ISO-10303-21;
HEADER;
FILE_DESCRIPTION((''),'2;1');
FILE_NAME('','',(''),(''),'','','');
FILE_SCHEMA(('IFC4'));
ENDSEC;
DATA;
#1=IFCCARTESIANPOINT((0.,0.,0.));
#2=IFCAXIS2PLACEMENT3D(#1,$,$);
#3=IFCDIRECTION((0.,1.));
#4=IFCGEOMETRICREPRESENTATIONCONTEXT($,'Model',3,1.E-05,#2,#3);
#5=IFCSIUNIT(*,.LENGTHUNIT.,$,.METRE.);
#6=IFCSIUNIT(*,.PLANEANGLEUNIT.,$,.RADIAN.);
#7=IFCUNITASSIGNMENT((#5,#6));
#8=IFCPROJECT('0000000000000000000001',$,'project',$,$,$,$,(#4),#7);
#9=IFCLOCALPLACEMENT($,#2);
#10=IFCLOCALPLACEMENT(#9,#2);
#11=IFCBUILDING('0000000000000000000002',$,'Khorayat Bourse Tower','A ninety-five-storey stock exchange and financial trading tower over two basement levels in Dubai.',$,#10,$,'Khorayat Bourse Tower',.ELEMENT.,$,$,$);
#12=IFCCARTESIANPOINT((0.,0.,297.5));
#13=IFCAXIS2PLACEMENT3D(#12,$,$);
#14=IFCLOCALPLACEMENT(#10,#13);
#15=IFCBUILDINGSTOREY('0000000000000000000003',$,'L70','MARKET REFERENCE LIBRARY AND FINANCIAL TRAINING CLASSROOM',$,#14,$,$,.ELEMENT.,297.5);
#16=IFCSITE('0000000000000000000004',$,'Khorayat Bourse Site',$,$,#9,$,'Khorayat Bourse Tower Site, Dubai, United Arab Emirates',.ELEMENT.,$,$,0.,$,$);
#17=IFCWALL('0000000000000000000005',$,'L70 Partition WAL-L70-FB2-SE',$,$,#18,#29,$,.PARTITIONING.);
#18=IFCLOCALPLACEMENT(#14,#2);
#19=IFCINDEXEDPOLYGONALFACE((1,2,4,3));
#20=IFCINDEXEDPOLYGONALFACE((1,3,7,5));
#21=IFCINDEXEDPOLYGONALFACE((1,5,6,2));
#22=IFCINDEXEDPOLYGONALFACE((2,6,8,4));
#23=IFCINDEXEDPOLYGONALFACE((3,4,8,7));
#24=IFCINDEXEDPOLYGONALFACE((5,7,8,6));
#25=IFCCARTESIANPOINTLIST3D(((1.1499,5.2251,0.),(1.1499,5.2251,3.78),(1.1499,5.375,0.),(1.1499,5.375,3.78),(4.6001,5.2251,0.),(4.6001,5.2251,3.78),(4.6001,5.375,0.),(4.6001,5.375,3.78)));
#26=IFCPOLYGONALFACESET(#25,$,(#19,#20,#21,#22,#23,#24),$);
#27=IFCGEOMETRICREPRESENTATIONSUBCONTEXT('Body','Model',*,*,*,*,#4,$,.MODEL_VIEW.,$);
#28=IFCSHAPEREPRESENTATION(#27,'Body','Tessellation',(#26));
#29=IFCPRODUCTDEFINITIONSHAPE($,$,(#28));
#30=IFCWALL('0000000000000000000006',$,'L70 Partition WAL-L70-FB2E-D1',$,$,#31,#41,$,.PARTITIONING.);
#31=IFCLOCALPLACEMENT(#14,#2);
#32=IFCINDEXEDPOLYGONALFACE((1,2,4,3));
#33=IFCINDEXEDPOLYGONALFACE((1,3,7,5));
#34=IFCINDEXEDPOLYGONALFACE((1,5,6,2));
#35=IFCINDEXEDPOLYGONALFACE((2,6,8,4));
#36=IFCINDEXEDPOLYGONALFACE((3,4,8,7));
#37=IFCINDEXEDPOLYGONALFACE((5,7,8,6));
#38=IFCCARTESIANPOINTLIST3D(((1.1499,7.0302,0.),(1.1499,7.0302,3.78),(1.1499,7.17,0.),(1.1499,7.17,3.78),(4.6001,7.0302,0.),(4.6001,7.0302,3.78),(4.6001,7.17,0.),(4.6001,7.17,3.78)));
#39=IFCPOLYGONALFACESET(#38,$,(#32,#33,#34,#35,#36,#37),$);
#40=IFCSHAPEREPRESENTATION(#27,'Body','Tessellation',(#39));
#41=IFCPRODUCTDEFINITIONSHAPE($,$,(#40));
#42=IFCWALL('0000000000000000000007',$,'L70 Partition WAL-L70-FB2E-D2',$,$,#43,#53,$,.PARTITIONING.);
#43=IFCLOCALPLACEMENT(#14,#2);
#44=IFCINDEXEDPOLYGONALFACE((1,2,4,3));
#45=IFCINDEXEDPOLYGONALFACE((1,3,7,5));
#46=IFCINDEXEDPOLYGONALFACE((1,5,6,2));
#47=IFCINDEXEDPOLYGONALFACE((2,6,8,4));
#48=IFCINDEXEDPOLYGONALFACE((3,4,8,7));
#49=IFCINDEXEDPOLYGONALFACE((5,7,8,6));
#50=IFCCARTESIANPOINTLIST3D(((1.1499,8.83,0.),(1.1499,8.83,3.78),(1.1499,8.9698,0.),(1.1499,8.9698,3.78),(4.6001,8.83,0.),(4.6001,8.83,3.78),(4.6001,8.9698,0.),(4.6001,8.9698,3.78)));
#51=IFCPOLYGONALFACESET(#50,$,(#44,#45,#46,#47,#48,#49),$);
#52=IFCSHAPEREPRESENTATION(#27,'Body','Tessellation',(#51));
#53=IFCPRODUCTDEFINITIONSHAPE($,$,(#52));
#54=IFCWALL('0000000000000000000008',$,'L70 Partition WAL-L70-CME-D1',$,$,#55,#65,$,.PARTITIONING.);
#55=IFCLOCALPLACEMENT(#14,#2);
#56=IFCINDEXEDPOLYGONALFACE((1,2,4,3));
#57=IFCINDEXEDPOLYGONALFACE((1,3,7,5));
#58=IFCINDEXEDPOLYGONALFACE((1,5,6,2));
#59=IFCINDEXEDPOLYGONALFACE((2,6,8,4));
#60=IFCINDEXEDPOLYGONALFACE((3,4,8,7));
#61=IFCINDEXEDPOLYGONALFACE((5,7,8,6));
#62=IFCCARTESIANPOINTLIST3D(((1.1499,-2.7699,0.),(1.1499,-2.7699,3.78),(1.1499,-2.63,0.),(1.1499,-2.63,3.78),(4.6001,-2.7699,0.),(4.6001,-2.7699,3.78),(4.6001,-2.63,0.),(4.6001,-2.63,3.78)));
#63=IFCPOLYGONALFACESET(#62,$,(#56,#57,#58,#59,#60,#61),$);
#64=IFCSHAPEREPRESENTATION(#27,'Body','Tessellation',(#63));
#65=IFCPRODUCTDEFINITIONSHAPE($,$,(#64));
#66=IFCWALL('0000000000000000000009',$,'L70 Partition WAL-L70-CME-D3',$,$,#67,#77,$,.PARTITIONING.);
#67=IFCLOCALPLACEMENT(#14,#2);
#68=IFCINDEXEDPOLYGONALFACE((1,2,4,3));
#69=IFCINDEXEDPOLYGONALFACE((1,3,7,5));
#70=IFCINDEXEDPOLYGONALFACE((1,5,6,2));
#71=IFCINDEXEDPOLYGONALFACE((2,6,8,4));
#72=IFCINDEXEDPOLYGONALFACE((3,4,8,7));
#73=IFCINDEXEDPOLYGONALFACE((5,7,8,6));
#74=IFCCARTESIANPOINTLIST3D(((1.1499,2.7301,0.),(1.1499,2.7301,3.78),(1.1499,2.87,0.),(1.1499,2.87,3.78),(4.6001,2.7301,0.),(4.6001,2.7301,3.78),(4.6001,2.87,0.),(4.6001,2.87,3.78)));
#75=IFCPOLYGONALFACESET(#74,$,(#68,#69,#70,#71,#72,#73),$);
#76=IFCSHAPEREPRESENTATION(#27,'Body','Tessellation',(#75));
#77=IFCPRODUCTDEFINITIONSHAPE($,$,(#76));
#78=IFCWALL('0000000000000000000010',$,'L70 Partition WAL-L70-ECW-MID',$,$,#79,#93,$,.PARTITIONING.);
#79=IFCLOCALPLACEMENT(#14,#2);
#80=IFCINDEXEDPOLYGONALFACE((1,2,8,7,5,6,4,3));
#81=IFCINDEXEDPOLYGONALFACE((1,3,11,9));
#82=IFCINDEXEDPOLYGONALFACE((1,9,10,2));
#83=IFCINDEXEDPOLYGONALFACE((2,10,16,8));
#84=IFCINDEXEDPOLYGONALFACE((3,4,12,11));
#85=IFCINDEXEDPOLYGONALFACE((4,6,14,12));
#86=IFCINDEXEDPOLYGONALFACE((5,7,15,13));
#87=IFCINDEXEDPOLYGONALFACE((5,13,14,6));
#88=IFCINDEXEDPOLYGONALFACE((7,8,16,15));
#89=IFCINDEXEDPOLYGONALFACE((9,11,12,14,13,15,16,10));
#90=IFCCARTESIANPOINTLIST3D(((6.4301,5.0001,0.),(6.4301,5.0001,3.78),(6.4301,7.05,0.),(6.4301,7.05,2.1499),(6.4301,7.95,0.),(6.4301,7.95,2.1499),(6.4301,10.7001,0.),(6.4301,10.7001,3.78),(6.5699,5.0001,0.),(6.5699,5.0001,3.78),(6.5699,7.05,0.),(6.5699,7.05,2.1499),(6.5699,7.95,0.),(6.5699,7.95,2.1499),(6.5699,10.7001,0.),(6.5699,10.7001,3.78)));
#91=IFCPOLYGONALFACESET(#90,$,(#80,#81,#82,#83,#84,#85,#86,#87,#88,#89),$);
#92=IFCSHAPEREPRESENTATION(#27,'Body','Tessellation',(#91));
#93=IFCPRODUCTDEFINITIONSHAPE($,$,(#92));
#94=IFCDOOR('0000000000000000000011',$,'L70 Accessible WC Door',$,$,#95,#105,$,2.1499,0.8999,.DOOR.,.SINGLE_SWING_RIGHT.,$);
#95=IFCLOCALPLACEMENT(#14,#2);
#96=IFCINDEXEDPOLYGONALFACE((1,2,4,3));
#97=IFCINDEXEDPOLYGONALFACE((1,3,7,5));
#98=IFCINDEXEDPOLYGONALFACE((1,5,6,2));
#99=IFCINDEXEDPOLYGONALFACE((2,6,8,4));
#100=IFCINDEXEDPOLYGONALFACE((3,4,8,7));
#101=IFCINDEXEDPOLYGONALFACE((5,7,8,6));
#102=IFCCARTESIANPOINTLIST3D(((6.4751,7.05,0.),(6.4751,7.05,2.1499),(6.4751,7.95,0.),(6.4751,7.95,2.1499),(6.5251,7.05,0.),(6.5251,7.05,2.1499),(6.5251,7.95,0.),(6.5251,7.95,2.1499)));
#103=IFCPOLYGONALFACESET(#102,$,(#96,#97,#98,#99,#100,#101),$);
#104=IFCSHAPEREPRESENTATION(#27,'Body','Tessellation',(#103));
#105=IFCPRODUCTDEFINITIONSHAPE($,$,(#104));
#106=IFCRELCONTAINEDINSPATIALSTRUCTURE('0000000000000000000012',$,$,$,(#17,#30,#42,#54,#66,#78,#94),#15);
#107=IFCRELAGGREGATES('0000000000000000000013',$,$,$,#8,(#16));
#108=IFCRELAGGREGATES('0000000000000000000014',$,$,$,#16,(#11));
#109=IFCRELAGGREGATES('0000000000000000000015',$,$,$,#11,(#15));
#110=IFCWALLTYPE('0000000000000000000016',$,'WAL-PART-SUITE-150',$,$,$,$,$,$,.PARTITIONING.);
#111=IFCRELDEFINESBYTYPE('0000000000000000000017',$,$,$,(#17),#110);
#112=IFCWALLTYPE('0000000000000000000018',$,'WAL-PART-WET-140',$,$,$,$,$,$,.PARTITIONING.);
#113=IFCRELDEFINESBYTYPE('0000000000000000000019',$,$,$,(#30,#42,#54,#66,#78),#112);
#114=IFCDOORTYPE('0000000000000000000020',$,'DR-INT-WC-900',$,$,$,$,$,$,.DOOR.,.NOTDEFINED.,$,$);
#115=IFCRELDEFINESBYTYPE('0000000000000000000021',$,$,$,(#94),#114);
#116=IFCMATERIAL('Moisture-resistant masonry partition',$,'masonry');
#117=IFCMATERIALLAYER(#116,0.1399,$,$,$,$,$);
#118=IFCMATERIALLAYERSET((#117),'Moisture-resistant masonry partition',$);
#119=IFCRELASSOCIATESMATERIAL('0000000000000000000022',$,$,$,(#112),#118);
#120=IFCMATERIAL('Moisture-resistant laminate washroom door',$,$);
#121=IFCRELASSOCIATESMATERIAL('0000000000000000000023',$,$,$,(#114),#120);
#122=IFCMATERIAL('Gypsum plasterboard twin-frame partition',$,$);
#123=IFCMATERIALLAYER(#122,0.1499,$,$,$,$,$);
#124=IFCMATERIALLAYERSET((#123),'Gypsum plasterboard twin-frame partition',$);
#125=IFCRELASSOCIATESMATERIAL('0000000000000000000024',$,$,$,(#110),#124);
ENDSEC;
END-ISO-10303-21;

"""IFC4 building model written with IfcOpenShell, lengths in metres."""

from ifc_helpers import new_model, si_unit, direction, frame, frame_2d, origin, place, context, subcontext, project, spatial, rectangle, extrude, source, transform, mapped, material, layer, layer_set, type_object, element, fill, save


model = new_model("IFC4")

# Units and contexts
model_context = context("Model", 3, precision=1e-05, world=origin(), true_north=direction((0.0, 1.0)))
body_context = subcontext(model_context, "Body", "Model", "MODEL_VIEW")
ifc_project = project(units=[si_unit("LENGTHUNIT", "METRE"), si_unit("PLANEANGLEUNIT", "RADIAN")], contexts=[model_context])

# Site, building, storey
site_placement = place(None, origin())
site = spatial("IfcSite", under=ifc_project, at=site_placement, Name="Khorayat Bourse Site", LongName="Khorayat Bourse Tower Site, Dubai, United Arab Emirates", CompositionType="ELEMENT", RefElevation=0.0)
building_placement = place(site_placement, origin())
building = spatial("IfcBuilding", under=site, at=building_placement, Name="Khorayat Bourse Tower", Description="A ninety-five-storey stock exchange and financial trading tower over two basement levels in Dubai.", LongName="Khorayat Bourse Tower", CompositionType="ELEMENT")
storey_placement = place(building_placement, frame((0.0, 0.0, 297.5)))
storey = spatial("IfcBuildingStorey", under=building, at=storey_placement, Name="L70", Description="MARKET REFERENCE LIBRARY AND FINANCIAL TRAINING CLASSROOM", CompositionType="ELEMENT", Elevation=297.5)

# Shared definitions
ifc_material_1 = material(Name="Moisture-resistant masonry partition", Category="masonry")
ifc_layer_1 = layer(ifc_material_1, 0.1399)
ifc_layer_set_1 = layer_set([ifc_layer_1], Name="Moisture-resistant masonry partition")
wall_type_1 = type_object("IfcWallType", Name="WAL-PART-WET-140", PredefinedType="PARTITIONING", material=ifc_layer_set_1)

# Shared definitions
shared_shape_1 = source(origin(), body_context, "Body", "SweptSolid", [
    extrude(rectangle(XDim=0.8999, YDim=2.1499, at=frame_2d((0.45, 1.075))), frame((0.0, 0.0798, 0.0), z_axis=(0.0, -1.0, 0.0), x_axis=(1.0, 0.0, 0.0)), (0.0, 0.0, 1.0), 0.1599),
])
ifc_material_2 = material(Name="Moisture-resistant laminate washroom door")
door_type = type_object("IfcDoorType", Name="DR-INT-WC-900", OperationType="NOTDEFINED", PredefinedType="DOOR", material=ifc_material_2)
shared_shape_2 = source(origin(), body_context, "Body", "SweptSolid", [
    extrude(rectangle(XDim=0.8999, YDim=2.1499, at=frame_2d((0.45, 1.075))), frame((0.0, 0.0249, 0.0), z_axis=(0.0, -1.0, 0.0), x_axis=(1.0, 0.0, 0.0)), (0.0, 0.0, 1.0), 0.05),
])

# Wall
ifc_material_3 = material(Name="Gypsum plasterboard twin-frame partition")
ifc_layer_2 = layer(ifc_material_3, 0.1499)
ifc_layer_set_2 = layer_set([ifc_layer_2], Name="Gypsum plasterboard twin-frame partition")
wall_type_2 = type_object("IfcWallType", Name="WAL-PART-SUITE-150", PredefinedType="PARTITIONING", material=ifc_layer_set_2)
shared_shape_3 = source(origin(), body_context, "Body", "SweptSolid", [
    extrude(rectangle(XDim=3.4502, YDim=0.1499, at=frame_2d((1.7251, 0.0))), origin(), (0.0, 0.0, 1.0), 3.78),
])
for number, where, z_axis, x_axis, name in (
    (1, (1.1499, 5.3, 0.0), (0.0, 0.0, 1.0), (1.0, 0.0, 0.0), "L70 Partition WAL-L70-FB2-SE"),
):
    element("IfcWall", number, at=place(storey_placement, frame(where, z_axis=z_axis, x_axis=x_axis)), inside=storey, type_object=wall_type_2, Name=name, PredefinedType="PARTITIONING", context=body_context, shape_type="MappedRepresentation", body=[
        mapped(shared_shape_3, transform((0.0, 0.0, 0.0), scale=1.0)),
    ])

# Walls
shared_shape_4 = source(origin(), body_context, "Body", "SweptSolid", [
    extrude(rectangle(XDim=3.4502, YDim=0.1399, at=frame_2d((1.7251, 0.0))), origin(), (0.0, 0.0, 1.0), 3.78),
])
for number, where, z_axis, x_axis, name in (
    (2, (1.1499, 7.1001, 0.0), (0.0, 0.0, 1.0), (1.0, 0.0, 0.0), "L70 Partition WAL-L70-FB2E-D1"),
    (3, (1.1499, 8.8999, 0.0), (0.0, 0.0, 1.0), (1.0, 0.0, 0.0), "L70 Partition WAL-L70-FB2E-D2"),
    (4, (1.1499, -2.7, 0.0), (0.0, 0.0, 1.0), (1.0, 0.0, 0.0), "L70 Partition WAL-L70-CME-D1"),
    (5, (1.1499, 2.8, 0.0), (0.0, 0.0, 1.0), (1.0, 0.0, 0.0), "L70 Partition WAL-L70-CME-D3"),
):
    element("IfcWall", number, at=place(storey_placement, frame(where, z_axis=z_axis, x_axis=x_axis)), inside=storey, type_object=wall_type_1, Name=name, PredefinedType="PARTITIONING", context=body_context, shape_type="MappedRepresentation", body=[
        mapped(shared_shape_4, transform((0.0, 0.0, 0.0), scale=1.0)),
    ])

# Wall, opening, door
shared_shape_5 = source(origin(), body_context, "Body", "SweptSolid", [
    extrude(rectangle(XDim=5.7, YDim=0.1399, at=frame_2d((2.8501, 0.0))), origin(), (0.0, 0.0, 1.0), 3.78),
])
wall_1_placement = place(storey_placement, frame((6.5, 5.0, 0.0), z_axis=(0.0, 0.0, 1.0), x_axis=(0.0, 1.0, 0.0)))
wall_1 = element("IfcWall", 6, at=wall_1_placement, inside=storey, type_object=wall_type_1, Name="L70 Partition WAL-L70-ECW-MID", PredefinedType="PARTITIONING", context=body_context, shape_type="MappedRepresentation", body=[
    mapped(shared_shape_5, transform((0.0, 0.0, 0.0), scale=1.0)),
])
opening_1_placement = place(wall_1_placement, frame((2.05, 0.0, 0.0)))
opening_1 = element("IfcOpeningElement", 7, at=opening_1_placement, cuts=wall_1, PredefinedType="OPENING", context=body_context, shape_type="MappedRepresentation", body=[
    mapped(shared_shape_1, transform((0.0, 0.0, 0.0), scale=1.0)),
])
door_1_placement = place(opening_1_placement, origin())
door_1 = element("IfcDoor", 8, at=door_1_placement, inside=storey, type_object=door_type, Name="L70 Accessible WC Door", OperationType="SINGLE_SWING_RIGHT", OverallHeight=2.1499, OverallWidth=0.8999, PredefinedType="DOOR", context=body_context, shape_type="MappedRepresentation", body=[
    mapped(shared_shape_2, transform((0.0, 0.0, 0.0), scale=1.0)),
])
fill(opening_1, door_1)

save(model, "model.ifc")
